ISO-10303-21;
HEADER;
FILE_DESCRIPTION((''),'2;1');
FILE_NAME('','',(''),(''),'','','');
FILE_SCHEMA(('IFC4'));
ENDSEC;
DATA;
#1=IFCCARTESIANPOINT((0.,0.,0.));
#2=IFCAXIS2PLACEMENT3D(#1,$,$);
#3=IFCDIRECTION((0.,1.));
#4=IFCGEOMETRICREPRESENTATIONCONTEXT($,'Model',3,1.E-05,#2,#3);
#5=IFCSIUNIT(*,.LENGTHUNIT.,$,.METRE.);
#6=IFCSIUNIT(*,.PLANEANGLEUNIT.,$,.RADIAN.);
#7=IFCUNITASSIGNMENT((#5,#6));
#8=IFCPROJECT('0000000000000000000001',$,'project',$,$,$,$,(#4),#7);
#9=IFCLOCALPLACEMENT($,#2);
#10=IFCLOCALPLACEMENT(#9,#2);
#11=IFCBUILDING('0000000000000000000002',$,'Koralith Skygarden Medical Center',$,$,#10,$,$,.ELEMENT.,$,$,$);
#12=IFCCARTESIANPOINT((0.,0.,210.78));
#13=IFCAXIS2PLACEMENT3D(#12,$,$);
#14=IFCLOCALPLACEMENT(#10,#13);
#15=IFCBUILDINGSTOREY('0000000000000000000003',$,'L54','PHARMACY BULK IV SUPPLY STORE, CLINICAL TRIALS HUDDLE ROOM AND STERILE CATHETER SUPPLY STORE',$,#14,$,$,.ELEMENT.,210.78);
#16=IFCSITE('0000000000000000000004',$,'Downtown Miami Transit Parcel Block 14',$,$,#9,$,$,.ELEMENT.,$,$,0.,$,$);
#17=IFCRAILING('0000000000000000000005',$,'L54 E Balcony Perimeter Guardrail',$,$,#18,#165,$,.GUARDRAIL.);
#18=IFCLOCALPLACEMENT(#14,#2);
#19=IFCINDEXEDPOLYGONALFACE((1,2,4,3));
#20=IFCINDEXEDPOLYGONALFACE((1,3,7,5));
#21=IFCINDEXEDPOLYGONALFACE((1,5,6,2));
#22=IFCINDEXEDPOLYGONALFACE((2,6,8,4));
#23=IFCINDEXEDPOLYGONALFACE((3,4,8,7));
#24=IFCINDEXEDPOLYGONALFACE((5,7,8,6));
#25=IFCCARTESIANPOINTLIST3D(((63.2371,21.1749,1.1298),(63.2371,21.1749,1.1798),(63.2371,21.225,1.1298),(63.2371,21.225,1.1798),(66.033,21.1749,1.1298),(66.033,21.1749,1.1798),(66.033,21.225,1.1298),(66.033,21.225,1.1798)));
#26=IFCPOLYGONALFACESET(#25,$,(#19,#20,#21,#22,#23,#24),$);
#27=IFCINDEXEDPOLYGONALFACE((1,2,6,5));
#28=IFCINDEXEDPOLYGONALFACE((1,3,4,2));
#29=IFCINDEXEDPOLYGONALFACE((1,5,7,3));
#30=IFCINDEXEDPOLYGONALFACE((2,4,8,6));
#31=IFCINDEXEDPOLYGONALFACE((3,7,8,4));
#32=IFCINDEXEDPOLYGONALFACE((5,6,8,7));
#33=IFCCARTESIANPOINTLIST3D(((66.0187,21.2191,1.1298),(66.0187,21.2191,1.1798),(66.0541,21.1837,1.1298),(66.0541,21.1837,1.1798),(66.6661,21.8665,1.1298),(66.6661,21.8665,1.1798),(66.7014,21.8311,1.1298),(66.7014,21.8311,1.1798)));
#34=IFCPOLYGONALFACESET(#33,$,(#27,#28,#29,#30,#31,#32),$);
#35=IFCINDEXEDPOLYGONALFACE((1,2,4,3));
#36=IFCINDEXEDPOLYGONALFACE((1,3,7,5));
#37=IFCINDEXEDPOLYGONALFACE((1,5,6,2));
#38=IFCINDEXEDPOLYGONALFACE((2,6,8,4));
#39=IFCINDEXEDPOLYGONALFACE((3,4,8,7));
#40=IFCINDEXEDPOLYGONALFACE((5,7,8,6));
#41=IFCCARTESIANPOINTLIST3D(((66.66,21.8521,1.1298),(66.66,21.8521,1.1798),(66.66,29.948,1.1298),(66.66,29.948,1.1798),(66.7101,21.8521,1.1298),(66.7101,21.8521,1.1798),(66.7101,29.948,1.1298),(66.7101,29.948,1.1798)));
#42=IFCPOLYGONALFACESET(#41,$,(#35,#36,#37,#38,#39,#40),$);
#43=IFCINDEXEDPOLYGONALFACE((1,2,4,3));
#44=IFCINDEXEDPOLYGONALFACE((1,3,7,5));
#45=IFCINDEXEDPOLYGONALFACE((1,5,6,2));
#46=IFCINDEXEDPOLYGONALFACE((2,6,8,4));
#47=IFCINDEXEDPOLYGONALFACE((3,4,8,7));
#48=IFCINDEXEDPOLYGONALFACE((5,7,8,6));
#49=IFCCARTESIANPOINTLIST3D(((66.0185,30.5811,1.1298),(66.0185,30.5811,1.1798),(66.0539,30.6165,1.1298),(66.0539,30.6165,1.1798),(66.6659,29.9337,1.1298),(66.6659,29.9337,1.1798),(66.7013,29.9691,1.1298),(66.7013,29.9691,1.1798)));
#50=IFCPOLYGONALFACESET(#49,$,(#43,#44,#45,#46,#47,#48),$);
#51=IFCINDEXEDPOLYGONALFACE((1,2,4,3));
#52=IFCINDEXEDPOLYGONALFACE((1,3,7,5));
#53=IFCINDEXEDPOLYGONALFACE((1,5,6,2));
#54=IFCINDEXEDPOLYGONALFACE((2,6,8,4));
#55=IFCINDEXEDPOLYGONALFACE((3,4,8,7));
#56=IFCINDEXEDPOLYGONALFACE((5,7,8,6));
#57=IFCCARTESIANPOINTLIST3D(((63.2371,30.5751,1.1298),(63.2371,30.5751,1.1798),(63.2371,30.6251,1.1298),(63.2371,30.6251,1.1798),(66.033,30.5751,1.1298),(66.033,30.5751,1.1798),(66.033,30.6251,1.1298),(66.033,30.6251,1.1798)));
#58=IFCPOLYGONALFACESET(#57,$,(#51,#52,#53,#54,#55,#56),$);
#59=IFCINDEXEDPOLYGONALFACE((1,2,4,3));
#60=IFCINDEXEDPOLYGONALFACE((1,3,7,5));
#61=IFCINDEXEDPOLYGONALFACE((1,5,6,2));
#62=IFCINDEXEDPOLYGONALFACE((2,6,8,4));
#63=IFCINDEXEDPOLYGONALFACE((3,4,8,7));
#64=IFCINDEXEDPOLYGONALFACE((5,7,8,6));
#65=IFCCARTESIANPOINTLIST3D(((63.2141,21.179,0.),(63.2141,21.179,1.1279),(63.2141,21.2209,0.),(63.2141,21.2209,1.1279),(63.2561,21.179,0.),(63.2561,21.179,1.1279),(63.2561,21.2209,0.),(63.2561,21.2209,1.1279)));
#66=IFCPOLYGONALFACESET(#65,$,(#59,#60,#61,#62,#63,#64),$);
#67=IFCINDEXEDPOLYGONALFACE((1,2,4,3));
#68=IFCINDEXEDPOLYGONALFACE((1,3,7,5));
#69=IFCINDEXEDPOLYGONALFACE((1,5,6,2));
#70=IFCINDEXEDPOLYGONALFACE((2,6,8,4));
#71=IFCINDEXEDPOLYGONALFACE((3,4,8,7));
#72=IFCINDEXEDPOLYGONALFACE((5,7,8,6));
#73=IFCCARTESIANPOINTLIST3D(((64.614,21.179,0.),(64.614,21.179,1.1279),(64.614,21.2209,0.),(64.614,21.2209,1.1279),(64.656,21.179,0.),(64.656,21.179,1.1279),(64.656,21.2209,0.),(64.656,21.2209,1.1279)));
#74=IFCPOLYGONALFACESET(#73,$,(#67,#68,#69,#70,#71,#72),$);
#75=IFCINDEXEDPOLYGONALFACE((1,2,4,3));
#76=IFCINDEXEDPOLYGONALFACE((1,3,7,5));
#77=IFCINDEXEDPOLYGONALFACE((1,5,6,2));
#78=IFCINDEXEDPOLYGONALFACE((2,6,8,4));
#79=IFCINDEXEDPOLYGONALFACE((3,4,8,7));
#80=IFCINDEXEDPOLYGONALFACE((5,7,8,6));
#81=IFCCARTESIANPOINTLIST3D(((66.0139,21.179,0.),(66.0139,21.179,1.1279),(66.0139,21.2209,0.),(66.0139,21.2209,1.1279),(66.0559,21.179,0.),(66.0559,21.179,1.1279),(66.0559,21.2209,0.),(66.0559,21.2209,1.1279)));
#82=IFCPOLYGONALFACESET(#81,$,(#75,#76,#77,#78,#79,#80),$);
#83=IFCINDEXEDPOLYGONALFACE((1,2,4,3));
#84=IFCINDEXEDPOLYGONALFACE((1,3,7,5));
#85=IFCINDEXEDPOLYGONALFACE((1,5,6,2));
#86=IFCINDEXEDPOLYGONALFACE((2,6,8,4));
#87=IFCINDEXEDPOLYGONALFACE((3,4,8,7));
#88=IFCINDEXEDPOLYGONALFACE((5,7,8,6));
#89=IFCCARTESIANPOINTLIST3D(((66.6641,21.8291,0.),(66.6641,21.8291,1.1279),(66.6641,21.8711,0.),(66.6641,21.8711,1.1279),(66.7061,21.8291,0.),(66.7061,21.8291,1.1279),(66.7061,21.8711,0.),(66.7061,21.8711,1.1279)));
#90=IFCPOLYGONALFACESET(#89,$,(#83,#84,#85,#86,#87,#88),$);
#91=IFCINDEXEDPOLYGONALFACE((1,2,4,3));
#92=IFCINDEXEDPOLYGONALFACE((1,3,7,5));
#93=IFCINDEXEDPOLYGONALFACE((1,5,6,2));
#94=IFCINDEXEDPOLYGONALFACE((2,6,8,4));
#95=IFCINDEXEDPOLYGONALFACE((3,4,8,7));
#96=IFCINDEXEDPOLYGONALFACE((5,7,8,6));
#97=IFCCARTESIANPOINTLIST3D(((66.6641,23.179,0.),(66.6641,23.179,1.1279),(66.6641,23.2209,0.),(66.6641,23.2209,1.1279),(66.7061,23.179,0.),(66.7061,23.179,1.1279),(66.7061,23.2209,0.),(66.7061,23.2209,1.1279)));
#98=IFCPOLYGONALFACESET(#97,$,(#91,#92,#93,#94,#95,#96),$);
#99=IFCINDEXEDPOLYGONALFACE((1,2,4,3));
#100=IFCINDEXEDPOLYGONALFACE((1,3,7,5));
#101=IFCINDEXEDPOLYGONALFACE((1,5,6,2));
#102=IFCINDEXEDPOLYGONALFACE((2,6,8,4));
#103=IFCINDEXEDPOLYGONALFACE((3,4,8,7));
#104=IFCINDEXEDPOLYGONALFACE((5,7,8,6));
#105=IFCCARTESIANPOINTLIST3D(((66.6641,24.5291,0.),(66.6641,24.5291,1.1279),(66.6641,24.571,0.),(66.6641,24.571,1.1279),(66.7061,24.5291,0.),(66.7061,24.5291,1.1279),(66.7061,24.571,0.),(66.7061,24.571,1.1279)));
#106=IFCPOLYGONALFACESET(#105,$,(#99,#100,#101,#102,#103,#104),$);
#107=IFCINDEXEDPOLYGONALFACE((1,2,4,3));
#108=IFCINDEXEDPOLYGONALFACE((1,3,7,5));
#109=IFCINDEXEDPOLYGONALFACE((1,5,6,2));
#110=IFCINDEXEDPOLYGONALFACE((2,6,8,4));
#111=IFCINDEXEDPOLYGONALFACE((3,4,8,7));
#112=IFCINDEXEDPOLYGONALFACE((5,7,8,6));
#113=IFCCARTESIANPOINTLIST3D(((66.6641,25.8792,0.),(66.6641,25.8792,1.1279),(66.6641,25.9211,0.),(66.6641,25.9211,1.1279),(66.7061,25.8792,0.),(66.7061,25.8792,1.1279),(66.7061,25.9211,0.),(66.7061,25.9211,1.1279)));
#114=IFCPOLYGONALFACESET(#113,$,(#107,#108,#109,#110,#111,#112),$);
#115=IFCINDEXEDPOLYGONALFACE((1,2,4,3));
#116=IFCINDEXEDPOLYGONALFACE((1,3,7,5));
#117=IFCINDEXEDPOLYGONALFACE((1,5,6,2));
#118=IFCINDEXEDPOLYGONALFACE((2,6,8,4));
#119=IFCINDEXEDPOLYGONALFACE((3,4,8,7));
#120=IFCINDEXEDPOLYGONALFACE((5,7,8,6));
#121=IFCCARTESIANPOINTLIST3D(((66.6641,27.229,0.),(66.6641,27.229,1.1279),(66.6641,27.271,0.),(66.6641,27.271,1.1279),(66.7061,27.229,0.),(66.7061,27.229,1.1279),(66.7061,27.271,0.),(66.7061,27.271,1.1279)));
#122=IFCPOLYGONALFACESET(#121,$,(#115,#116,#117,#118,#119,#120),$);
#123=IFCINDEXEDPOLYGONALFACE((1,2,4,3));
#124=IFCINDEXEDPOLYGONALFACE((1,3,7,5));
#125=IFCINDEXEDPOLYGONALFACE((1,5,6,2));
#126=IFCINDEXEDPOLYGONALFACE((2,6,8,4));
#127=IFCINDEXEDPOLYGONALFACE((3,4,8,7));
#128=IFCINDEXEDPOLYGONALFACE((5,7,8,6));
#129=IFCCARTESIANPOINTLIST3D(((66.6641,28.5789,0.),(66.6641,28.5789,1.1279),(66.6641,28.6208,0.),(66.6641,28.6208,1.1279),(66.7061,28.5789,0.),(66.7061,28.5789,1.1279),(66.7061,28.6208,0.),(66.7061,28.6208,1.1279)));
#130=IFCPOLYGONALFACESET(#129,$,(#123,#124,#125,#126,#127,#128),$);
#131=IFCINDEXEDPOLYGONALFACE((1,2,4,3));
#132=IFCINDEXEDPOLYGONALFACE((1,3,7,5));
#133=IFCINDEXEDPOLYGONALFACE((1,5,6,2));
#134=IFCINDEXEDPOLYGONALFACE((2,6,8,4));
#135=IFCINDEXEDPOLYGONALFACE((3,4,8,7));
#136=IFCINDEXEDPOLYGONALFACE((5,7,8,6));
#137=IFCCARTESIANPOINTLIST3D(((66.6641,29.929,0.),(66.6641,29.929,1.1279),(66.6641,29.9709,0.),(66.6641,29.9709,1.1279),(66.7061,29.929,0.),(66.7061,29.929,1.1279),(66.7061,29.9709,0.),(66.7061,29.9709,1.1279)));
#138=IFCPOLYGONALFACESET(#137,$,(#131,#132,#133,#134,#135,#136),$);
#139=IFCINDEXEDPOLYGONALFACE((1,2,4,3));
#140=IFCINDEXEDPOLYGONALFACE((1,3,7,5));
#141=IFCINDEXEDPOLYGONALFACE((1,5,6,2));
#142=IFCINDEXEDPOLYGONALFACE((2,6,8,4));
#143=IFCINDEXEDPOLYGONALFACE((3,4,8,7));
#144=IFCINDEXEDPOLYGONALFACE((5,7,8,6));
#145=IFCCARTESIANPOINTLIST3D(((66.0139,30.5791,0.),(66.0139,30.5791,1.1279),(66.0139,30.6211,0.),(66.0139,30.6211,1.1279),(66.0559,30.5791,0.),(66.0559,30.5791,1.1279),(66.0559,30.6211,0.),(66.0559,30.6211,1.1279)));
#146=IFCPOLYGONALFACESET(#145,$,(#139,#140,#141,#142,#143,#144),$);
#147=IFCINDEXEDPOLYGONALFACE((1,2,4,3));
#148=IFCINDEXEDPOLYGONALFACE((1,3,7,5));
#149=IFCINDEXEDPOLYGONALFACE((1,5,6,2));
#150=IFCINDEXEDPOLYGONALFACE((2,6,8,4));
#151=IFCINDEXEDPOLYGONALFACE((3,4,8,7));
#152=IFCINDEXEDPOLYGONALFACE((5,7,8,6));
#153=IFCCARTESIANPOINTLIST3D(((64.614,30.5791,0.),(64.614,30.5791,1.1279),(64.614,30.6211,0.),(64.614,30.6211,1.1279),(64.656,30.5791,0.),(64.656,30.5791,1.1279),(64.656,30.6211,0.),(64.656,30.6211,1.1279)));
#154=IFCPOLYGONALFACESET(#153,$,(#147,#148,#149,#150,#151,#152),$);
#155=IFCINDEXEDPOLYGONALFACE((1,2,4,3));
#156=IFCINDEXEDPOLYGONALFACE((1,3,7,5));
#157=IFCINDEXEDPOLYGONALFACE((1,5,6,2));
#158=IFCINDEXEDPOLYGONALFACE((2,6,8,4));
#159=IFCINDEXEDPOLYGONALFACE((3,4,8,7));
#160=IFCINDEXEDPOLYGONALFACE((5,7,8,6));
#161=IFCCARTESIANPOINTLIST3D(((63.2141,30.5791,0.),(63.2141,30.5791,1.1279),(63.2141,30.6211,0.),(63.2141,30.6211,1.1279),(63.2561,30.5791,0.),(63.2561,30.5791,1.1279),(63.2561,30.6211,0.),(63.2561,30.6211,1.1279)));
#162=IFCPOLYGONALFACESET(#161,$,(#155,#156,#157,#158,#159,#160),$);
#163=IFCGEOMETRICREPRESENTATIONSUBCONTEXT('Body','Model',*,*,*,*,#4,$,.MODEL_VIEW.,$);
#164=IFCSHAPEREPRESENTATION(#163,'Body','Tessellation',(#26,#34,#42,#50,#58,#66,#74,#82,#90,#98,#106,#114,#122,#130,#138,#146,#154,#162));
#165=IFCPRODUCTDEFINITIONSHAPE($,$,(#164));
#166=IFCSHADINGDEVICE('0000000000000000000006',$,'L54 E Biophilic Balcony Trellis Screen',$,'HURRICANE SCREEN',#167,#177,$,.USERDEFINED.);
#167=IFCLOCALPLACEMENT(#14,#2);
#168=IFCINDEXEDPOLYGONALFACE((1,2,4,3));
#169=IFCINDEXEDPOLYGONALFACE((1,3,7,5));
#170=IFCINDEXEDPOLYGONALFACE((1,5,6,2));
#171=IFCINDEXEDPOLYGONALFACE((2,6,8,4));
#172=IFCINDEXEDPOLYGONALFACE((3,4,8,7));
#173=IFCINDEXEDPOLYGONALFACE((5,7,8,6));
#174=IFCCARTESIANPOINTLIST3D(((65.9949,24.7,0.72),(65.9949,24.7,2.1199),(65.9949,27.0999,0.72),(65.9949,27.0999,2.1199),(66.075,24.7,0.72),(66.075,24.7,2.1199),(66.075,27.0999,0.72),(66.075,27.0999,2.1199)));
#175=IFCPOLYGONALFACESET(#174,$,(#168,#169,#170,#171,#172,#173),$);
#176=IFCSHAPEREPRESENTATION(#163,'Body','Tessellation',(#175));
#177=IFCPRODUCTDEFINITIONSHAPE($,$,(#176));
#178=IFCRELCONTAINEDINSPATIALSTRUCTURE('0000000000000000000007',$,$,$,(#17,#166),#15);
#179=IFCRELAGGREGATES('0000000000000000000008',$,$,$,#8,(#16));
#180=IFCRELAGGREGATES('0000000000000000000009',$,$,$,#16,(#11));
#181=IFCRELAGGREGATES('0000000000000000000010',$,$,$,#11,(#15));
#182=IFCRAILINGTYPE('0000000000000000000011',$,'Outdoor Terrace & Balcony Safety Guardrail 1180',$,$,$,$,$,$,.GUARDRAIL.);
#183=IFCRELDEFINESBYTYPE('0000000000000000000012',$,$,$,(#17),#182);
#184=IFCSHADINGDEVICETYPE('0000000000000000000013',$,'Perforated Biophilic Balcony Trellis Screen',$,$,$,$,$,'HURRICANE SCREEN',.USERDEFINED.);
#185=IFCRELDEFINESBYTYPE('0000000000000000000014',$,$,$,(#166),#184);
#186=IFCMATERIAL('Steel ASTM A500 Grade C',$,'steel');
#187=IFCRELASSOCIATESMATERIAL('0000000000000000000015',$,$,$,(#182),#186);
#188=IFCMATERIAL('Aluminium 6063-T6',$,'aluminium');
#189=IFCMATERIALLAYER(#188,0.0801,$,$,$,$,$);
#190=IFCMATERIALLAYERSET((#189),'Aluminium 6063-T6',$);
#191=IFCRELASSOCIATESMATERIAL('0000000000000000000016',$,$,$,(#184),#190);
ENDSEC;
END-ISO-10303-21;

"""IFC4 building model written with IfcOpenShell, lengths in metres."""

from ifc_helpers import new_model, si_unit, direction, frame, origin, origin_2d, place, context, subcontext, project, spatial, rectangle, extrude, material, layer, layer_set, type_object, element, save


model = new_model("IFC4")

# Units and contexts
model_context = context("Model", 3, precision=1e-05, world=origin(), true_north=direction((0.0, 1.0)))
body_context = subcontext(model_context, "Body", "Model", "MODEL_VIEW")
ifc_project = project(units=[si_unit("LENGTHUNIT", "METRE"), si_unit("PLANEANGLEUNIT", "RADIAN")], contexts=[model_context])

# Site, building, storey
site_placement = place(None, origin())
site = spatial("IfcSite", under=ifc_project, at=site_placement, Name="Downtown Miami Transit Parcel Block 14", CompositionType="ELEMENT", RefElevation=0.0)
building_placement = place(site_placement, origin())
building = spatial("IfcBuilding", under=site, at=building_placement, Name="Koralith Skygarden Medical Center", CompositionType="ELEMENT")
storey_placement = place(building_placement, frame((0.0, 0.0, 210.78)))
storey = spatial("IfcBuildingStorey", under=building, at=storey_placement, Name="L54", Description="PHARMACY BULK IV SUPPLY STORE, CLINICAL TRIALS HUDDLE ROOM AND STERILE CATHETER SUPPLY STORE", CompositionType="ELEMENT", Elevation=210.78)

# Shared definitions
ifc_material_1 = material(Name="Aluminium 6063-T6", Category="aluminium")

# Railing
ifc_material_2 = material(Name="Steel ASTM A500 Grade C", Category="steel")
railing_type = type_object("IfcRailingType", Name="Outdoor Terrace & Balcony Safety Guardrail 1180", PredefinedType="GUARDRAIL", material=ifc_material_2)
railing_placement = place(storey_placement, frame((63.2351, 21.2, 0.0)))
element("IfcRailing", 1, at=railing_placement, inside=storey, type_object=railing_type, Name="L54 E Balcony Perimeter Guardrail", PredefinedType="GUARDRAIL", context=body_context, shape_type="SweptSolid", body=[
    extrude(rectangle(XDim=0.05, YDim=0.05, at=origin_2d()), frame((0.002, 0.0, 1.1548), z_axis=(1.0, 0.0, 0.0), x_axis=(0.0, 1.0, 0.0)), (0.0, 0.0, 1.0), 2.7959),
    extrude(rectangle(XDim=0.05, YDim=0.05, at=origin_2d()), frame((2.8013, 0.0015, 1.1548), z_axis=(0.707107, 0.707107, 0.0), x_axis=(-0.707107, 0.707107, 0.0)), (0.0, 0.0, 1.0), 0.9155),
    extrude(rectangle(XDim=0.05, YDim=0.05, at=origin_2d()), frame((3.45, 0.6521, 1.1548), z_axis=(0.0, 1.0, 0.0), x_axis=(-1.0, 0.0, 0.0)), (0.0, 0.0, 1.0), 8.0959),
    extrude(rectangle(XDim=0.05, YDim=0.05, at=origin_2d()), frame((3.4485, 8.7515, 1.1548), z_axis=(-0.707107, 0.707107, 0.0), x_axis=(-0.707107, -0.707107, 0.0)), (0.0, 0.0, 1.0), 0.9155),
    extrude(rectangle(XDim=0.05, YDim=0.05, at=origin_2d()), frame((2.7979, 9.4001, 1.1548), z_axis=(-1.0, 0.0, 0.0), x_axis=(0.0, -1.0, 0.0)), (0.0, 0.0, 1.0), 2.7959),
    extrude(rectangle(XDim=0.042, YDim=0.042, at=origin_2d()), origin(), (0.0, 0.0, 1.0), 1.1279),
    extrude(rectangle(XDim=0.042, YDim=0.042, at=origin_2d()), frame((1.3999, 0.0, 0.0)), (0.0, 0.0, 1.0), 1.1279),
    extrude(rectangle(XDim=0.042, YDim=0.042, at=origin_2d()), frame((2.7998, 0.0, 0.0)), (0.0, 0.0, 1.0), 1.1279),
    extrude(rectangle(XDim=0.042, YDim=0.042, at=origin_2d()), frame((3.45, 0.6501, 0.0)), (0.0, 0.0, 1.0), 1.1279),
    extrude(rectangle(XDim=0.042, YDim=0.042, at=origin_2d()), frame((3.45, 2.0, 0.0)), (0.0, 0.0, 1.0), 1.1279),
    extrude(rectangle(XDim=0.042, YDim=0.042, at=origin_2d()), frame((3.45, 3.3501, 0.0)), (0.0, 0.0, 1.0), 1.1279),
    extrude(rectangle(XDim=0.042, YDim=0.042, at=origin_2d()), frame((3.45, 4.7002, 0.0)), (0.0, 0.0, 1.0), 1.1279),
    extrude(rectangle(XDim=0.042, YDim=0.042, at=origin_2d()), frame((3.45, 6.05, 0.0)), (0.0, 0.0, 1.0), 1.1279),
    extrude(rectangle(XDim=0.042, YDim=0.042, at=origin_2d()), frame((3.45, 7.3999, 0.0)), (0.0, 0.0, 1.0), 1.1279),
    extrude(rectangle(XDim=0.042, YDim=0.042, at=origin_2d()), frame((3.45, 8.75, 0.0)), (0.0, 0.0, 1.0), 1.1279),
    extrude(rectangle(XDim=0.042, YDim=0.042, at=origin_2d()), frame((2.7998, 9.4001, 0.0)), (0.0, 0.0, 1.0), 1.1279),
    extrude(rectangle(XDim=0.042, YDim=0.042, at=origin_2d()), frame((1.3999, 9.4001, 0.0)), (0.0, 0.0, 1.0), 1.1279),
    extrude(rectangle(XDim=0.042, YDim=0.042, at=origin_2d()), frame((0.0, 9.4001, 0.0)), (0.0, 0.0, 1.0), 1.1279),
])

# Shading device
ifc_layer_1 = layer(ifc_material_1, 0.0801)
ifc_layer_set_1 = layer_set([ifc_layer_1], Name="Aluminium 6063-T6")
shading_device_type = type_object("IfcShadingDeviceType", Name="Perforated Biophilic Balcony Trellis Screen", ElementType="HURRICANE SCREEN", PredefinedType="USERDEFINED", material=ifc_layer_set_1)
shading_device_placement = place(storey_placement, frame((66.0349, 25.8999, 0.72), z_axis=(0.0, 0.0, 1.0), x_axis=(0.0, 1.0, 0.0)))
element("IfcShadingDevice", 2, at=shading_device_placement, inside=storey, type_object=shading_device_type, Name="L54 E Biophilic Balcony Trellis Screen", ObjectType="HURRICANE SCREEN", PredefinedType="USERDEFINED", context=body_context, shape_type="SweptSolid", body=[
    extrude(rectangle(XDim=2.3999, YDim=0.0801, at=origin_2d()), origin(), (0.0, 0.0, 1.0), 1.3999),
])

save(model, "model.ifc")
